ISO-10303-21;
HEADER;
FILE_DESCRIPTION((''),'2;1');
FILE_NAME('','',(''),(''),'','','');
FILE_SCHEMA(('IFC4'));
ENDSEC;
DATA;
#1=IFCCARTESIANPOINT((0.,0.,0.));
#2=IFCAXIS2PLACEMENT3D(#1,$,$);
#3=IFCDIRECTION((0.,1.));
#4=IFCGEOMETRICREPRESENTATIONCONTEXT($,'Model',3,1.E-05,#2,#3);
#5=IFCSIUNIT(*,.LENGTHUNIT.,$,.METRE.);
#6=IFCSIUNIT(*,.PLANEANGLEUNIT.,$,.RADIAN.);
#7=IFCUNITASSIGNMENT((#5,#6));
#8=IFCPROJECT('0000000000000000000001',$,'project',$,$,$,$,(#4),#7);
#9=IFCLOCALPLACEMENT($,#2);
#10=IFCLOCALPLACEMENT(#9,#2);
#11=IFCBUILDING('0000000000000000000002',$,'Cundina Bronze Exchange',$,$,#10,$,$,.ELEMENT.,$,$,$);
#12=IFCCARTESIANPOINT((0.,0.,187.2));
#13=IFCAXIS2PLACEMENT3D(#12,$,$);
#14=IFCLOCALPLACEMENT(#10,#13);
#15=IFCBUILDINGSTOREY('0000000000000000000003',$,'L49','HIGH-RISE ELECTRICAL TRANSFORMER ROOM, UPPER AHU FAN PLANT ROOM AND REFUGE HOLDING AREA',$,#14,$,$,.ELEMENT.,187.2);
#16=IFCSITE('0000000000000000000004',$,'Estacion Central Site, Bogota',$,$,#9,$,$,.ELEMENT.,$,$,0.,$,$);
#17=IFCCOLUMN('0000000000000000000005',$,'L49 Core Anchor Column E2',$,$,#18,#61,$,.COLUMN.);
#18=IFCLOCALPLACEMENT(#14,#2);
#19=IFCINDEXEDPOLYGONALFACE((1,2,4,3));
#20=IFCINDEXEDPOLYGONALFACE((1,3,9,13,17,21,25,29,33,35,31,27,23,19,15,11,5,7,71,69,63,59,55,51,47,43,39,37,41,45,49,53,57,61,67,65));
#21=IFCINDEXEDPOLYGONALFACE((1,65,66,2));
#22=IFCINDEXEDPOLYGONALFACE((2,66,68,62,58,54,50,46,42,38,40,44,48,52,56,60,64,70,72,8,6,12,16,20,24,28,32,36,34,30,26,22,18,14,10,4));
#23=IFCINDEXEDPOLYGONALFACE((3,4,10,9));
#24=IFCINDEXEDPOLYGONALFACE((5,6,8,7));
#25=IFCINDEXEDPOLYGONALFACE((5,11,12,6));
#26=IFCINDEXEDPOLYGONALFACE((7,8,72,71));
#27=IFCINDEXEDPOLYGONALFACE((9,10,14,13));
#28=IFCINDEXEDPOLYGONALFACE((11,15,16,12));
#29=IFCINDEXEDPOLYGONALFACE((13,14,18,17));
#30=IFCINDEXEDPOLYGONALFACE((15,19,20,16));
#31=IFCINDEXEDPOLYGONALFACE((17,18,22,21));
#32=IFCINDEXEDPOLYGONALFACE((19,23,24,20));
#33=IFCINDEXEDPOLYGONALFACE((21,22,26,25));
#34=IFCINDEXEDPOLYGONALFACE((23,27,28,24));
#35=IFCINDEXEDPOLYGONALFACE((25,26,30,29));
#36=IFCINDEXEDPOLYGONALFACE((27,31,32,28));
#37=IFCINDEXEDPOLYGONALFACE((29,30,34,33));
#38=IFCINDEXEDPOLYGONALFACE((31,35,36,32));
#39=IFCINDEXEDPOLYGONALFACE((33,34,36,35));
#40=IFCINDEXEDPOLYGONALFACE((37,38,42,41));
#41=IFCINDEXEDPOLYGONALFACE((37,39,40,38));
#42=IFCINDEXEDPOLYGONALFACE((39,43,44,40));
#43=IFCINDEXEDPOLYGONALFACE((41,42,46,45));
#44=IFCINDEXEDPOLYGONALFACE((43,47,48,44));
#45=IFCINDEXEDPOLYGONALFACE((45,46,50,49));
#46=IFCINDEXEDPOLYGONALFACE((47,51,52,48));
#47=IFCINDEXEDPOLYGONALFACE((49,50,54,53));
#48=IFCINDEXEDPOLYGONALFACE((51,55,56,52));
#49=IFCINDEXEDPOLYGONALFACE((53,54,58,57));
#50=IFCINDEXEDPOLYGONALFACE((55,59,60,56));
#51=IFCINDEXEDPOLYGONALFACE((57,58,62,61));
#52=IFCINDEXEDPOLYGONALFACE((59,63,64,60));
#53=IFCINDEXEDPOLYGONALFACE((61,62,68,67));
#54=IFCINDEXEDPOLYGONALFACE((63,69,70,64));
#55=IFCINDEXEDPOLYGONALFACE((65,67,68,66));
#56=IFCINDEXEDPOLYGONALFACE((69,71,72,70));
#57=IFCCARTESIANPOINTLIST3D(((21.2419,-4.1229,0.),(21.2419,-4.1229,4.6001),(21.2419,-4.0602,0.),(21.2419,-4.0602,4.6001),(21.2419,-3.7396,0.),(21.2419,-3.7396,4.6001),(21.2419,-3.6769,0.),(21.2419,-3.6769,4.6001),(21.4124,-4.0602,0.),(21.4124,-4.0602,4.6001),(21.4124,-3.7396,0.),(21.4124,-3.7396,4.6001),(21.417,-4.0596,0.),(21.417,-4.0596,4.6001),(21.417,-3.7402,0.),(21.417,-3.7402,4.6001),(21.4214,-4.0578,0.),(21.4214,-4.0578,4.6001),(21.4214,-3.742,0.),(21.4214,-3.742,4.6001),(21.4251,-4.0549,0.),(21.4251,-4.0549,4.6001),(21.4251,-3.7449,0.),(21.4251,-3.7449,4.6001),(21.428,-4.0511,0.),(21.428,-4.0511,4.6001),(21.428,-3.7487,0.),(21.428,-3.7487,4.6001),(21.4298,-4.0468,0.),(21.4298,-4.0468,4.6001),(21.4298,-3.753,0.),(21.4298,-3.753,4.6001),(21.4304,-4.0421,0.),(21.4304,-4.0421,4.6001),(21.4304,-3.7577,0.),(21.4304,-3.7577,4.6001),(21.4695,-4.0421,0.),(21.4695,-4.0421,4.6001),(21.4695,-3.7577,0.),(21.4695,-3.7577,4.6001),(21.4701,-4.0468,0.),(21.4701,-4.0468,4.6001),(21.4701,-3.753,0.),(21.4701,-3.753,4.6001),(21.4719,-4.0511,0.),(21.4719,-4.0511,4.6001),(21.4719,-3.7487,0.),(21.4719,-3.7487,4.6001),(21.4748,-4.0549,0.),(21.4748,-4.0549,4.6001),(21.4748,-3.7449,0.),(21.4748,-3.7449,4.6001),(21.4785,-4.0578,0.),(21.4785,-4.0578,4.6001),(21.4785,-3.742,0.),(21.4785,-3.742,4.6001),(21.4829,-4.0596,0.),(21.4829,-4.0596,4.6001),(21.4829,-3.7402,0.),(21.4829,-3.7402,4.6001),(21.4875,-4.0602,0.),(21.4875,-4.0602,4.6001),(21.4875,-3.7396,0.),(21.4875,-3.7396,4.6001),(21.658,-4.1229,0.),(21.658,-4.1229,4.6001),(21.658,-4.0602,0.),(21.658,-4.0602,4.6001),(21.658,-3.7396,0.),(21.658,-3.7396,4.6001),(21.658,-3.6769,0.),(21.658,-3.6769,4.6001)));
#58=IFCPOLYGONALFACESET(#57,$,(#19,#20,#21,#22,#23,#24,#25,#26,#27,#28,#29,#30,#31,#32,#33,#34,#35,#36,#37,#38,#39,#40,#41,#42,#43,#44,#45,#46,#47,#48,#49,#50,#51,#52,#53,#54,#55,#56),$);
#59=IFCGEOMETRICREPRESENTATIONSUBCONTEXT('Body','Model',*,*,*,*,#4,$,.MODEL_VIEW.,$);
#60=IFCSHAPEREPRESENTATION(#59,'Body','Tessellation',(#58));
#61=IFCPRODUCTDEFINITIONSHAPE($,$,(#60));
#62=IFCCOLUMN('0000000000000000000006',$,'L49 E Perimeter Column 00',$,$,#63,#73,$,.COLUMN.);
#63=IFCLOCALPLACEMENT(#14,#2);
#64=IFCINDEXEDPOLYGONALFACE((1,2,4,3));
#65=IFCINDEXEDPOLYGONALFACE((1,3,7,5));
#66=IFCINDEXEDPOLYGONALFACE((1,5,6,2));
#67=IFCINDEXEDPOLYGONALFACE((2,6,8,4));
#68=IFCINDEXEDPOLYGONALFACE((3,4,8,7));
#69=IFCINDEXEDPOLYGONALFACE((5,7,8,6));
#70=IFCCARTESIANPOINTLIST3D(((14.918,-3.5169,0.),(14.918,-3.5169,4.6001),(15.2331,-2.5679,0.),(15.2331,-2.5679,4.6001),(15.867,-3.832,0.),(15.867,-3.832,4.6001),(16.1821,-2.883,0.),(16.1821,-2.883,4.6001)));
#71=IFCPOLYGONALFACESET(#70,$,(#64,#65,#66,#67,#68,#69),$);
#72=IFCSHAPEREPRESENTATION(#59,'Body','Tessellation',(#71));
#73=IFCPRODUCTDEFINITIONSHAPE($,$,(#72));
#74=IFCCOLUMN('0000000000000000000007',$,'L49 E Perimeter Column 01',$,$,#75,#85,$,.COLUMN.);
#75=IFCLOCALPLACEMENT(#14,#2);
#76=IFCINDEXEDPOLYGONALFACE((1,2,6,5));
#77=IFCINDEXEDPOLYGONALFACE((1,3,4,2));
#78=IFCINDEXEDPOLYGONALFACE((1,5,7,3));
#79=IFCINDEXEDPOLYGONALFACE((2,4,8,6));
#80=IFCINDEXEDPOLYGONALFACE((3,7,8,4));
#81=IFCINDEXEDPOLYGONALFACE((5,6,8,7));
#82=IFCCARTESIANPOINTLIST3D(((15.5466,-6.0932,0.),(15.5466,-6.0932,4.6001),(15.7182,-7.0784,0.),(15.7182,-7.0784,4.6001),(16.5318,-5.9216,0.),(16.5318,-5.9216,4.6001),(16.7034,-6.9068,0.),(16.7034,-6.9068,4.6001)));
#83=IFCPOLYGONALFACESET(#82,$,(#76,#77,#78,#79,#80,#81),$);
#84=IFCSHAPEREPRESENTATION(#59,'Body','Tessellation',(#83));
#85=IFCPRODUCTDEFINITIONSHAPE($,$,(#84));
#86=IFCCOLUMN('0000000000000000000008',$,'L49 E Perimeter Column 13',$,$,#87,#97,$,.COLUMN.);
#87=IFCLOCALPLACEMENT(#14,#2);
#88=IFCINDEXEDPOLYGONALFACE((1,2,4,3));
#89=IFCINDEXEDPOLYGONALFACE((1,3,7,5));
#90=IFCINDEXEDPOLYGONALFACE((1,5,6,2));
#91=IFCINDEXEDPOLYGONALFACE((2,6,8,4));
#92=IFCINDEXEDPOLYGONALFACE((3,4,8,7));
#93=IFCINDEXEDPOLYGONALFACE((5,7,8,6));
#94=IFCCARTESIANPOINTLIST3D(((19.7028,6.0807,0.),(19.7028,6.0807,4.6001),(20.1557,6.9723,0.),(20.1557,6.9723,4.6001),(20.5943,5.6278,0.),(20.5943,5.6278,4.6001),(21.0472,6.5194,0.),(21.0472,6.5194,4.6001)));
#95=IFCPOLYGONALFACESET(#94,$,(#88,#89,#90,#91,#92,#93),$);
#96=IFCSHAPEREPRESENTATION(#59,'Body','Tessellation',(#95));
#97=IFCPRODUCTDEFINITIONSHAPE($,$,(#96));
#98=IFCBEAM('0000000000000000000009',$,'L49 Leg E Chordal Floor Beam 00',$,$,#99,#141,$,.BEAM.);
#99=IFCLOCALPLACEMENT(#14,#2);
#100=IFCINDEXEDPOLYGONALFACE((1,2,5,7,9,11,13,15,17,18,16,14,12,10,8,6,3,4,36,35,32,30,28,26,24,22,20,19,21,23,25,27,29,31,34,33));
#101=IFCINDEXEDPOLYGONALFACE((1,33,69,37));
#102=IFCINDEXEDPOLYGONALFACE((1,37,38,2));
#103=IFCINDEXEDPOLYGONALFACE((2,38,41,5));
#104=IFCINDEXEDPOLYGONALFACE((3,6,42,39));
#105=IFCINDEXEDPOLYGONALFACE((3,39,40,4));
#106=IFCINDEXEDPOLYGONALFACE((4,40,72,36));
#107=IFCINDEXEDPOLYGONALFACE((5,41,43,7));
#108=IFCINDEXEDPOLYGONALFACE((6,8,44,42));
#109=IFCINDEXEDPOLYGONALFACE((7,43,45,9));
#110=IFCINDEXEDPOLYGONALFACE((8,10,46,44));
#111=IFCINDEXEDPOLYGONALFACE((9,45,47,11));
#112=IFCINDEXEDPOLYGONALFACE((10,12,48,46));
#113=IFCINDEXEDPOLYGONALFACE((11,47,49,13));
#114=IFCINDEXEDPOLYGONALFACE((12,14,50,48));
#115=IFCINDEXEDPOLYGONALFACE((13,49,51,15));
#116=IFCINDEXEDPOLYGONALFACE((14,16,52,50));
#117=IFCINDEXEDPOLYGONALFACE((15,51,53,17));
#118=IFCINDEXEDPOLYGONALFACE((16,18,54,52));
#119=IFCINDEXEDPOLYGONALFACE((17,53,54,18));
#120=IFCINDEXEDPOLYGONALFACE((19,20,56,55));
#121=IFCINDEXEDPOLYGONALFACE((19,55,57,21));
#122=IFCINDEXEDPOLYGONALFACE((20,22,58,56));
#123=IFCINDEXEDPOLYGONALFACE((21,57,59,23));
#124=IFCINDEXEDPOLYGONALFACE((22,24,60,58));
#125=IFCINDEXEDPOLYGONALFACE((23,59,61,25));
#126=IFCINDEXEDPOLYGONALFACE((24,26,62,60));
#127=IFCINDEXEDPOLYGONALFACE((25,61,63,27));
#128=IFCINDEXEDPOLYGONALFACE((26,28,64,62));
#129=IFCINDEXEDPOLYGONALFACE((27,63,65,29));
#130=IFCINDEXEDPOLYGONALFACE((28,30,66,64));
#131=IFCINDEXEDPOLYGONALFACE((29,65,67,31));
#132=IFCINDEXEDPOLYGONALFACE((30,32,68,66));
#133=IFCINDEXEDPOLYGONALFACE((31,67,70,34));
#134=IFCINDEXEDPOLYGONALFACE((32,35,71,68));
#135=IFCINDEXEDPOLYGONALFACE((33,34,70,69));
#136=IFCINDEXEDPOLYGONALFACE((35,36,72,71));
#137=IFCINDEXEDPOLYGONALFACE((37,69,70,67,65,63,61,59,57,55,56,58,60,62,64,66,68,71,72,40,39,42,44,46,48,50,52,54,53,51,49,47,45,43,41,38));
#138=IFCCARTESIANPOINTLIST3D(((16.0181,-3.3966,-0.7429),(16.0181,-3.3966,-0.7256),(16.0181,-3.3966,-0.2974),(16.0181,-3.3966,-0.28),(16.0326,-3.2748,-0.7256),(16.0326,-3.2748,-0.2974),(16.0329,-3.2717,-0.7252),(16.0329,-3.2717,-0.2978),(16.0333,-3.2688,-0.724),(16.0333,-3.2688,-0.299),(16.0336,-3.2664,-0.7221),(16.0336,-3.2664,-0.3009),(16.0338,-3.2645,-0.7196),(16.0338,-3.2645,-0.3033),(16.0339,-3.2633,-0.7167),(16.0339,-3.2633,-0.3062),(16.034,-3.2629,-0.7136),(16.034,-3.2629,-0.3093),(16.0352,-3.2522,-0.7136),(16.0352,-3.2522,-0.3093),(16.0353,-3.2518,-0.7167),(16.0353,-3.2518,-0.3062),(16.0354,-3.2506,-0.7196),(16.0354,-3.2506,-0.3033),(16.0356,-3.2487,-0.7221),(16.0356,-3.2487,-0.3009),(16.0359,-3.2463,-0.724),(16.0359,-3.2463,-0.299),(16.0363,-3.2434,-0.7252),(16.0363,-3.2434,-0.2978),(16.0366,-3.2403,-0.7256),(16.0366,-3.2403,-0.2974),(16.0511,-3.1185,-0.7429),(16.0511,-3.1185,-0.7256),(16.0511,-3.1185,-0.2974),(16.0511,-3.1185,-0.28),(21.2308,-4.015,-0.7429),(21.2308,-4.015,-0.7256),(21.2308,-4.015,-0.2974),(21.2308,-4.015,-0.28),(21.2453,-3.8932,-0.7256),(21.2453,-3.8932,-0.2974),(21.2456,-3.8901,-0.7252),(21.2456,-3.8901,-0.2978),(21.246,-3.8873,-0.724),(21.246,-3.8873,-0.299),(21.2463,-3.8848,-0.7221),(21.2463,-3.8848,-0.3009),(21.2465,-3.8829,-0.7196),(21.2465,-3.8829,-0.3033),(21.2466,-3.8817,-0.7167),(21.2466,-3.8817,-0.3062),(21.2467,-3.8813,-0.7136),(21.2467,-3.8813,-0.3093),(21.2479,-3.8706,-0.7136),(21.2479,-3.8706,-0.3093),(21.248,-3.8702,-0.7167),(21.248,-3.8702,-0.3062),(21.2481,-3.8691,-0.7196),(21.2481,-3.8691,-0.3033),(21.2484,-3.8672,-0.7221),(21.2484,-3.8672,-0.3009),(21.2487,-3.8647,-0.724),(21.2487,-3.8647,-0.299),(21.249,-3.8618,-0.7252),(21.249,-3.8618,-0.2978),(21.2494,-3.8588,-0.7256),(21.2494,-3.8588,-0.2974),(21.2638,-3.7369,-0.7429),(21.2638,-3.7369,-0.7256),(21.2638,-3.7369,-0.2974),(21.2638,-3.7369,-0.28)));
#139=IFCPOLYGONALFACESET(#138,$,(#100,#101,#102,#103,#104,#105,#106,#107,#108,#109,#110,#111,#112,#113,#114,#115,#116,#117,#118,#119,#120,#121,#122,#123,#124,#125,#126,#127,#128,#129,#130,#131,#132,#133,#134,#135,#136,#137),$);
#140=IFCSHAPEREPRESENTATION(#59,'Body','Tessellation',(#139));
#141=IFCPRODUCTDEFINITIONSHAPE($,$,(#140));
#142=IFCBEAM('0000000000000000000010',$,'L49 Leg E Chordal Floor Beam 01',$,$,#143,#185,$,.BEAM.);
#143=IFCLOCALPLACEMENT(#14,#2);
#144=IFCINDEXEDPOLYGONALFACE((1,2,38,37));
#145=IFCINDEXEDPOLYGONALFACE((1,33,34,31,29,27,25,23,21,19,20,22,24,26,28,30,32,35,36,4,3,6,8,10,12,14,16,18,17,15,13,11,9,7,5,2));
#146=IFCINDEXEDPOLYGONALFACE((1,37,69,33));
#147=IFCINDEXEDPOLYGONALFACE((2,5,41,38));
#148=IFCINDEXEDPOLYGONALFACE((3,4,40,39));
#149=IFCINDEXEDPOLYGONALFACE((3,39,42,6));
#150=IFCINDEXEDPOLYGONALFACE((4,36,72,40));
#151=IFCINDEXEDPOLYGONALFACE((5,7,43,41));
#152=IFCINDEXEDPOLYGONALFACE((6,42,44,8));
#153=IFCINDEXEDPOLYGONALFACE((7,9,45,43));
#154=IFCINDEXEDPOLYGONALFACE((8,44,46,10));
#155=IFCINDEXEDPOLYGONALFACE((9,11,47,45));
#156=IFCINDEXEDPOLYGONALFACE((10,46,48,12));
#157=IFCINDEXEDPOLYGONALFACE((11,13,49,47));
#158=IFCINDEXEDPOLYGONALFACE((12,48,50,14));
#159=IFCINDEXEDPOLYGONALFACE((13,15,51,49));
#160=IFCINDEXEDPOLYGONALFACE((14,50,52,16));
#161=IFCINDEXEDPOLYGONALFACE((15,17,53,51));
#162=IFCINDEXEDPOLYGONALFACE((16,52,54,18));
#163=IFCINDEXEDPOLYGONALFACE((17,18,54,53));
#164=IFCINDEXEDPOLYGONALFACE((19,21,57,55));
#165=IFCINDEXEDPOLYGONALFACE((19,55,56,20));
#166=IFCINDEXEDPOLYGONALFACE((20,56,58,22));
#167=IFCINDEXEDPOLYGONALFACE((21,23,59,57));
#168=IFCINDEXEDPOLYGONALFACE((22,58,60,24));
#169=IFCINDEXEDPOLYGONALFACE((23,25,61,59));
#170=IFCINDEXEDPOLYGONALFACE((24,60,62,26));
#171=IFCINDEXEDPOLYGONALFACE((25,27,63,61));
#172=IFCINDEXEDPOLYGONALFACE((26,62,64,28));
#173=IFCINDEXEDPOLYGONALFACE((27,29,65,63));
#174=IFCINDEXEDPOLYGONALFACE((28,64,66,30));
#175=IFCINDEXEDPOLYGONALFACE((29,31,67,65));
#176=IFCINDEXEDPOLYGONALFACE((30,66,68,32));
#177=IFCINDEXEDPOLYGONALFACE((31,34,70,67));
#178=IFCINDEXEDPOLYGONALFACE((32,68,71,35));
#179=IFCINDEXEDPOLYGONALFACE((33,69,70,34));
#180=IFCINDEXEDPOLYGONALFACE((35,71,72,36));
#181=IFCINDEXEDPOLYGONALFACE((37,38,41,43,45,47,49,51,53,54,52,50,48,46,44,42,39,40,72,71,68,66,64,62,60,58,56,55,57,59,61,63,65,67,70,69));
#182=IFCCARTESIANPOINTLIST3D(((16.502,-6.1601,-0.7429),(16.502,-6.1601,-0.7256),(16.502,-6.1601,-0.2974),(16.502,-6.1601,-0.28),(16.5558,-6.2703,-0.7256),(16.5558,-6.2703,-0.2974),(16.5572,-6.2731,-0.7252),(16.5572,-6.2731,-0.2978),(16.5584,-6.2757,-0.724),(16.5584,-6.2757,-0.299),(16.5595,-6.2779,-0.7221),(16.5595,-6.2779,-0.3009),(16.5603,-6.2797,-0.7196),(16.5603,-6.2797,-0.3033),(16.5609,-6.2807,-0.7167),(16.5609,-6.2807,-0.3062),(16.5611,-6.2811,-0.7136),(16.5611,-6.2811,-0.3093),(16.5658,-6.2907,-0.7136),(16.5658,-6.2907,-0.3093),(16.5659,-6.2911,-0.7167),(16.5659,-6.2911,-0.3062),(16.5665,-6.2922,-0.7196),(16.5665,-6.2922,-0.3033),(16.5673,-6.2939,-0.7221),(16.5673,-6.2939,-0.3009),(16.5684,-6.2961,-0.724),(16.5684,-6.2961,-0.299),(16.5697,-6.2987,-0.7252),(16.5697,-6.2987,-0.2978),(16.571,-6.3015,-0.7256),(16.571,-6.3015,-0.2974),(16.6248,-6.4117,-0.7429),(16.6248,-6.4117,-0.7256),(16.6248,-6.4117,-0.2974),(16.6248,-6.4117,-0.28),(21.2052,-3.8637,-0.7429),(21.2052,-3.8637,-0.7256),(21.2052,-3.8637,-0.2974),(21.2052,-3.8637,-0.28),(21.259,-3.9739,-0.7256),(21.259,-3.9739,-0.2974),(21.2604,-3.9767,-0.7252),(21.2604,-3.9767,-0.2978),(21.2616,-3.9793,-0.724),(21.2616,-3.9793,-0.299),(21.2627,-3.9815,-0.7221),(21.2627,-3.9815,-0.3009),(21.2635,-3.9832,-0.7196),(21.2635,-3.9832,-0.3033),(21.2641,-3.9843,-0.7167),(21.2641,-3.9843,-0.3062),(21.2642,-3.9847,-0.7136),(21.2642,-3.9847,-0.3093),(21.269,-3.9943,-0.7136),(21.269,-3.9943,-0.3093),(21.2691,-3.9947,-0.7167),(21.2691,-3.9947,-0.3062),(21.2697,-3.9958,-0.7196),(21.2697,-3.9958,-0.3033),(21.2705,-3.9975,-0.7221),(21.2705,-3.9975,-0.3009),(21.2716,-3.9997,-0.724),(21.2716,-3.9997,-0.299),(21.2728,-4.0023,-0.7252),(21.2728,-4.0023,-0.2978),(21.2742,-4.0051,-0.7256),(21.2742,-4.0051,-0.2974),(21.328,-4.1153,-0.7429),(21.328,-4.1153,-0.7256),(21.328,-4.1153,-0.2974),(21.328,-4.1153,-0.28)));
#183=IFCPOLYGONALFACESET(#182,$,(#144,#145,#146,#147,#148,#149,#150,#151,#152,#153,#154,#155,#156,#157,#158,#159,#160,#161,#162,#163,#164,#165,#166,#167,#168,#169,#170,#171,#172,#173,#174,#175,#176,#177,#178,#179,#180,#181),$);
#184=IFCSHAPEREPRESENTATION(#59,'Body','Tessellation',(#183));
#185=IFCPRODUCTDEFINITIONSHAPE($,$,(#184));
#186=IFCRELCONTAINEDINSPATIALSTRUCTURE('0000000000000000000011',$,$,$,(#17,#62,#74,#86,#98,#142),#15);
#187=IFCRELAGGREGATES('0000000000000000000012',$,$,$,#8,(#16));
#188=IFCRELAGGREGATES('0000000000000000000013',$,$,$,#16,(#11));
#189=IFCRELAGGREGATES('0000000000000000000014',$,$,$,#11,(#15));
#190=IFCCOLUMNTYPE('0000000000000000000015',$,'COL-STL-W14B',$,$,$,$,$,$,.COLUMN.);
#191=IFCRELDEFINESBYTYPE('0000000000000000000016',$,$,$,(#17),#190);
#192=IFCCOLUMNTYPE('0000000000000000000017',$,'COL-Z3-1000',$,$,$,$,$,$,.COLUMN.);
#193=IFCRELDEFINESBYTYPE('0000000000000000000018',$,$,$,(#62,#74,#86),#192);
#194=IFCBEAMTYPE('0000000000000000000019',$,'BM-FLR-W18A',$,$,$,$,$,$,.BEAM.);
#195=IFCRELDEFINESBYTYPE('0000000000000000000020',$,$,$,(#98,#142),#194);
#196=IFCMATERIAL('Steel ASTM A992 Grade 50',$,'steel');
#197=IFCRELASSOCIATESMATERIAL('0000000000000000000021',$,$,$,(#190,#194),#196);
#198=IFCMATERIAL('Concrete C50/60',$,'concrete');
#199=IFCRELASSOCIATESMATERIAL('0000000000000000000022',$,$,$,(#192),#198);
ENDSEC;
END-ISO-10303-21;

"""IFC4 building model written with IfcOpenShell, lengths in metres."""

from ifc_helpers import new_model, si_unit, direction, frame, origin, origin_2d, place, context, subcontext, project, spatial, rectangle, i_section, extrude, material, material_profile, profile_set, type_object, element, save


model = new_model("IFC4")

# Units and contexts
model_context = context("Model", 3, precision=1e-05, world=origin(), true_north=direction((0.0, 1.0)))
body_context = subcontext(model_context, "Body", "Model", "MODEL_VIEW")
ifc_project = project(units=[si_unit("LENGTHUNIT", "METRE"), si_unit("PLANEANGLEUNIT", "RADIAN")], contexts=[model_context])

# Site, building, storey
site_placement = place(None, origin())
site = spatial("IfcSite", under=ifc_project, at=site_placement, Name="Estacion Central Site, Bogota", CompositionType="ELEMENT", RefElevation=0.0)
building_placement = place(site_placement, origin())
building = spatial("IfcBuilding", under=site, at=building_placement, Name="Cundina Bronze Exchange", CompositionType="ELEMENT")
storey_placement = place(building_placement, frame((0.0, 0.0, 187.2)))
storey = spatial("IfcBuildingStorey", under=building, at=storey_placement, Name="L49", Description="HIGH-RISE ELECTRICAL TRANSFORMER ROOM, UPPER AHU FAN PLANT ROOM AND REFUGE HOLDING AREA", CompositionType="ELEMENT", Elevation=187.2)

# Columns
ifc_material_1 = material(Name="Steel ASTM A992 Grade 50", Category="steel")
ifc_material_profile_1 = material_profile(ifc_material_1, i_section(OverallWidth=0.416, OverallDepth=0.446, WebThickness=0.0391, FlangeThickness=0.0627, FilletRadius=0.0181, at=origin_2d()), Name="W14X342", Category="steel")
ifc_profile_set_1 = profile_set([ifc_material_profile_1], Name="Steel ASTM A992 Grade 50")
column_type_1 = type_object("IfcColumnType", Name="COL-STL-W14B", PredefinedType="COLUMN", material=ifc_profile_set_1)
column_placement = place(storey_placement, frame((21.45, -3.8999, 0.0), z_axis=(0.0, 0.0, 1.0), x_axis=(1.0, 0.0, 0.0)))
element("IfcColumn", 1, at=column_placement, inside=storey, type_object=column_type_1, Name="L49 Core Anchor Column E2", PredefinedType="COLUMN", context=body_context, shape_type="SweptSolid", body=[
    extrude(i_section(OverallWidth=0.416, OverallDepth=0.446, WebThickness=0.0391, FlangeThickness=0.0627, FilletRadius=0.0181, at=origin_2d()), origin(), (0.0, 0.0, 1.0), 4.6001),
])
ifc_material_2 = material(Name="Concrete C50/60", Category="concrete")
ifc_material_profile_2 = material_profile(ifc_material_2, rectangle(XDim=1.0, YDim=1.0, at=origin_2d()), Name="RC1000X1000", Category="concrete")
ifc_profile_set_2 = profile_set([ifc_material_profile_2], Name="Concrete C50/60")
column_type_2 = type_object("IfcColumnType", Name="COL-Z3-1000", PredefinedType="COLUMN", material=ifc_profile_set_2)
for number, where, z_axis, x_axis, name in (
    (2, (15.55, -3.2, 0.0), (0.0, 0.0, 1.0), (-0.315152, -0.949041, 0.0), "L49 E Perimeter Column 00"),
    (3, (16.125, -6.5, 0.0), (0.0, 0.0, 1.0), (0.171585, -0.985169, 0.0), "L49 E Perimeter Column 01"),
    (4, (20.375, 6.3, 0.0), (0.0, 0.0, 1.0), (-0.452902, -0.891561, 0.0), "L49 E Perimeter Column 13"),
):
    element("IfcColumn", number, at=place(storey_placement, frame(where, z_axis=z_axis, x_axis=x_axis)), inside=storey, type_object=column_type_2, Name=name, PredefinedType="COLUMN", context=body_context, shape_type="SweptSolid", body=[
        extrude(rectangle(XDim=1.0, YDim=1.0, at=origin_2d()), origin(), (0.0, 0.0, 1.0), 4.6001),
    ])

# Beams
ifc_material_profile_3 = material_profile(ifc_material_1, i_section(OverallWidth=0.28, OverallDepth=0.4629, WebThickness=0.0107, FlangeThickness=0.0173, FilletRadius=0.012, at=origin_2d()), Name="W18X76", Category="steel")
ifc_profile_set_3 = profile_set([ifc_material_profile_3], Name="Steel ASTM A992 Grade 50")
beam_type_1 = type_object("IfcBeamType", Name="BM-FLR-W18A", PredefinedType="BEAM", material=ifc_profile_set_3)
beam_1_placement = place(storey_placement, frame((21.2473, -3.876, -0.5115), z_axis=(-0.993036, 0.11781, 0.0), x_axis=(-0.11781, -0.993036, 0.0)))
element("IfcBeam", 5, at=beam_1_placement, inside=storey, type_object=beam_type_1, Name="L49 Leg E Chordal Floor Beam 00", PredefinedType="BEAM", context=body_context, shape_type="SweptSolid", body=[
    extrude(i_section(OverallWidth=0.28, OverallDepth=0.4629, WebThickness=0.0107, FlangeThickness=0.0173, FilletRadius=0.012, at=origin_2d()), origin(), (0.0, 0.0, 1.0), 5.2493),
])
beam_2_placement = place(storey_placement, frame((21.2666, -3.9895, -0.5115), z_axis=(-0.898604, -0.43876, 0.0), x_axis=(0.43876, -0.898604, 0.0)))
element("IfcBeam", 6, at=beam_2_placement, inside=storey, type_object=beam_type_1, Name="L49 Leg E Chordal Floor Beam 01", PredefinedType="BEAM", context=body_context, shape_type="SweptSolid", body=[
    extrude(i_section(OverallWidth=0.28, OverallDepth=0.4629, WebThickness=0.0107, FlangeThickness=0.0173, FilletRadius=0.012, at=origin_2d()), origin(), (0.0, 0.0, 1.0), 5.2339),
])

save(model, "model.ifc")
